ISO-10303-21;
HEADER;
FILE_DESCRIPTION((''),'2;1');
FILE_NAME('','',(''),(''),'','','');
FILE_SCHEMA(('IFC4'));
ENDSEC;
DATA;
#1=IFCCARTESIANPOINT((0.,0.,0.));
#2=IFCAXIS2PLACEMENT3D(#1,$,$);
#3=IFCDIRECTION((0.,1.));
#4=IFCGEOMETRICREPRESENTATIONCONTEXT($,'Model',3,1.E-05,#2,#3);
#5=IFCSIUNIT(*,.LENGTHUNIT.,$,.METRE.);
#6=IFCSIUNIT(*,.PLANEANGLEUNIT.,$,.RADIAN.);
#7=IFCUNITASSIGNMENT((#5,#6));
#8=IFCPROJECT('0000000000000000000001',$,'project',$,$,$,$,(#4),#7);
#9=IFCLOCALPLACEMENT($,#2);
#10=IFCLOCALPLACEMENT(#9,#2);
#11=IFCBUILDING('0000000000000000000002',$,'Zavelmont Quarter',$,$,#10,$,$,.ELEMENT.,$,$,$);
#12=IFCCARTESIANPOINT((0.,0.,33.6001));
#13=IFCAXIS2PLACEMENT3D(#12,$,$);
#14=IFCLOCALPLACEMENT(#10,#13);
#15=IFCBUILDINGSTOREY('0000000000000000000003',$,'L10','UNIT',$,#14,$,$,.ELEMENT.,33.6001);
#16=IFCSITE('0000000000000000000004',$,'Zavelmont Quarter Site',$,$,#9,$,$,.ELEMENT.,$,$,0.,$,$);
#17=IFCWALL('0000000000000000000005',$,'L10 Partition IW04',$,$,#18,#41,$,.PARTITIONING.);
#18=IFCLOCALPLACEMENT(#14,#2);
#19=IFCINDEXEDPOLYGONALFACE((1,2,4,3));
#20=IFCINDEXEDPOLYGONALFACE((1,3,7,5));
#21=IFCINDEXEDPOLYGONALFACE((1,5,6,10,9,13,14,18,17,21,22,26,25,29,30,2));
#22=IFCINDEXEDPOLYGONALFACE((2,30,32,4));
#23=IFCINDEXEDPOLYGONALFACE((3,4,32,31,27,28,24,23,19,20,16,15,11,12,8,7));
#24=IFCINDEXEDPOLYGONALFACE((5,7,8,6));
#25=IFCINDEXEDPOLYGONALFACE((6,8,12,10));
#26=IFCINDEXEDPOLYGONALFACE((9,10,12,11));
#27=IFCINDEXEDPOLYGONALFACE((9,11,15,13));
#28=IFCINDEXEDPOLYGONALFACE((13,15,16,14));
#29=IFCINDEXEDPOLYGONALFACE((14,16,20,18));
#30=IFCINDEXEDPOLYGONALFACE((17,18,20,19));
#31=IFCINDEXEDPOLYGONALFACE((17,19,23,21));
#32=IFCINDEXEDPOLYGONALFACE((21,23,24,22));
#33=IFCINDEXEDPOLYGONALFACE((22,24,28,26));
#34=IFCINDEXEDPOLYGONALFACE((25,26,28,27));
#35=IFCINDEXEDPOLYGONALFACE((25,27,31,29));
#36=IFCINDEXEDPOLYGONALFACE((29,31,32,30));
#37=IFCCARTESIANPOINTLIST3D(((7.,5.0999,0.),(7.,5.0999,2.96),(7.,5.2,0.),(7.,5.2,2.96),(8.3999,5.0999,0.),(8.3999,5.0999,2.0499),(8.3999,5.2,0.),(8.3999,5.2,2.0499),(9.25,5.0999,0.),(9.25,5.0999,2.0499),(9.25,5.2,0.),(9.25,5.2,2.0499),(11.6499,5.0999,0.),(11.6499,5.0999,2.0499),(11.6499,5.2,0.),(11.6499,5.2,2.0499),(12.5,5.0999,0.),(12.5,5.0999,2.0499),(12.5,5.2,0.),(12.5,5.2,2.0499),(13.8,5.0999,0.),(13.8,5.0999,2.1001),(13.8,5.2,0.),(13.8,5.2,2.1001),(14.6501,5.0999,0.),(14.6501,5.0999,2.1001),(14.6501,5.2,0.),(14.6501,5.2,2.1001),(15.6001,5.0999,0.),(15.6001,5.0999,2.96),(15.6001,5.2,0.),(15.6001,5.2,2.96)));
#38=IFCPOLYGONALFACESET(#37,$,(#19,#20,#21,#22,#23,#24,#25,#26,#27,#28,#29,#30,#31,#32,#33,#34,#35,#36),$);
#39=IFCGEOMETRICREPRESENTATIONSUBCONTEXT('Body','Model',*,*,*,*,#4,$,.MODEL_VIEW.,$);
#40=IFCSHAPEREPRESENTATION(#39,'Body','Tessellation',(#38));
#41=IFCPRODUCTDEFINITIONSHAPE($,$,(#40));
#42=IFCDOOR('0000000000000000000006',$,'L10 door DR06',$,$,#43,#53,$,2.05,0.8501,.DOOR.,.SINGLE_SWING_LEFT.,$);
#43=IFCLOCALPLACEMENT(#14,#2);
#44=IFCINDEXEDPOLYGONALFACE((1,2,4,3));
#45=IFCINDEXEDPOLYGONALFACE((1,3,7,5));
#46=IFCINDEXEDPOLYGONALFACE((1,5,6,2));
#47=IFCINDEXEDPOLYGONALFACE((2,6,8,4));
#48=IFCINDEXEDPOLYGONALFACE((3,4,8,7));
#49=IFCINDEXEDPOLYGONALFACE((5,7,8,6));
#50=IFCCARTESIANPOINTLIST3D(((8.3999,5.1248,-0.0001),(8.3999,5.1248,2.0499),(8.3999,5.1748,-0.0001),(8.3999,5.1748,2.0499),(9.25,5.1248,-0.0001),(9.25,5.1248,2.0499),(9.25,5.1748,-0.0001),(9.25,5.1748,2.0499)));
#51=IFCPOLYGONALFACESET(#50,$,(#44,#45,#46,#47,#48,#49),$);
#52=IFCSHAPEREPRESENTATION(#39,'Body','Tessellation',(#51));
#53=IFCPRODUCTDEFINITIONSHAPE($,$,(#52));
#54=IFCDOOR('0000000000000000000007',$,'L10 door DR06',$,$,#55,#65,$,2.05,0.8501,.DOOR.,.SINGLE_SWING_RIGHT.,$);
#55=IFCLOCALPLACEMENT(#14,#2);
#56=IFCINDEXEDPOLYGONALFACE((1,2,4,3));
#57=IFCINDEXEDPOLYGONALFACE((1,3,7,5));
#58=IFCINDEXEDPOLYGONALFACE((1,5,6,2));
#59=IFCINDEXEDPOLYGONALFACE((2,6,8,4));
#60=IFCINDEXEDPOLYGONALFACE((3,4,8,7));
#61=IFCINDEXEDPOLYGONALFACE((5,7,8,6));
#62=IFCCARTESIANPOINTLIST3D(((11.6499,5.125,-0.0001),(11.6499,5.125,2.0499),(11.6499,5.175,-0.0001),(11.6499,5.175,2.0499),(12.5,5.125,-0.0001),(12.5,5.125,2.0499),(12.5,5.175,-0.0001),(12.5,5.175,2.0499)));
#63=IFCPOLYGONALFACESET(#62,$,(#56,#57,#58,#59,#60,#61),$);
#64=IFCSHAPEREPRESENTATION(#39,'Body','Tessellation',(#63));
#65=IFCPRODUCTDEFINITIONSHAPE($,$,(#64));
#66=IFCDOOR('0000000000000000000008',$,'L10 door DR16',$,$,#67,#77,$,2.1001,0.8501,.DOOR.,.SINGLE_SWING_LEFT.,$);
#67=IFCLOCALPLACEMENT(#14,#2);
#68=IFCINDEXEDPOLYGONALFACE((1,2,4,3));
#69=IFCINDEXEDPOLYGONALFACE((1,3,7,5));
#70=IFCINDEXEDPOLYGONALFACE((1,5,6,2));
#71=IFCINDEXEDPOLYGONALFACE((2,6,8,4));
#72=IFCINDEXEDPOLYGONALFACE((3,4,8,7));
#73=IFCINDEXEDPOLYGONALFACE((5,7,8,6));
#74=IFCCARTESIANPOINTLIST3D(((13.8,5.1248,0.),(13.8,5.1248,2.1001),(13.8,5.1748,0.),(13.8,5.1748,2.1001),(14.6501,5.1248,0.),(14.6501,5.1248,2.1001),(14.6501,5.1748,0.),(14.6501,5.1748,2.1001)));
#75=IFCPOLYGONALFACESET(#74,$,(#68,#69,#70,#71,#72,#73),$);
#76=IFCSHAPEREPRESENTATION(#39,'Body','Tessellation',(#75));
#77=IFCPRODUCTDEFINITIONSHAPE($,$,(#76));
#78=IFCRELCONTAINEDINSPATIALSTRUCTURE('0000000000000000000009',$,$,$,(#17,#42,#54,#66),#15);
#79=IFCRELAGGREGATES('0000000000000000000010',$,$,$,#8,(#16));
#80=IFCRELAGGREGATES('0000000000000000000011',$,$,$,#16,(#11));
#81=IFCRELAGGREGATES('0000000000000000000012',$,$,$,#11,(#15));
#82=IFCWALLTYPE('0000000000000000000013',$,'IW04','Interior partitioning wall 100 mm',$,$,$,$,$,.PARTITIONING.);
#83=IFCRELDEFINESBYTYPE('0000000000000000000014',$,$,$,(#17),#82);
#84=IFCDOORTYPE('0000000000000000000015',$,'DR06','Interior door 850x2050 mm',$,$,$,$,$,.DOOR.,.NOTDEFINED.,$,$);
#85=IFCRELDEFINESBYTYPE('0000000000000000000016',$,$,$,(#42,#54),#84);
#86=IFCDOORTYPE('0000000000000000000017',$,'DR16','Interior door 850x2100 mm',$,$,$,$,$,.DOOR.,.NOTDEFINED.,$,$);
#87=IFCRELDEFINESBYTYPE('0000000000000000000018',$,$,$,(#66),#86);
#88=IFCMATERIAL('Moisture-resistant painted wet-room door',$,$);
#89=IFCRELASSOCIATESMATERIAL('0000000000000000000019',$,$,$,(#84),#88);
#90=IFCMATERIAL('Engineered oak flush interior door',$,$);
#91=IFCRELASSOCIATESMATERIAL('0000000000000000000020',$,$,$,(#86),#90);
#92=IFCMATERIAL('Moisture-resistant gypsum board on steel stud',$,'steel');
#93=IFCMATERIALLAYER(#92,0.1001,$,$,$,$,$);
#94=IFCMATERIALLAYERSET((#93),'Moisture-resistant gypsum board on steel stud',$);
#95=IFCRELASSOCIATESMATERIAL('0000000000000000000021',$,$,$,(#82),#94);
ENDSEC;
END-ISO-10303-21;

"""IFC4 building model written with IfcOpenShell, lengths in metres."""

from ifc_helpers import new_model, si_unit, direction, frame, frame_2d, origin, origin_with_axes, place, context, subcontext, project, spatial, rectangle, extrude, material, layer, layer_set, type_object, element, fill, save


model = new_model("IFC4")

# Units and contexts
model_context = context("Model", 3, precision=1e-05, world=origin(), true_north=direction((0.0, 1.0)))
body_context = subcontext(model_context, "Body", "Model", "MODEL_VIEW")
ifc_project = project(units=[si_unit("LENGTHUNIT", "METRE"), si_unit("PLANEANGLEUNIT", "RADIAN")], contexts=[model_context])

# Site, building, storey
site_placement = place(None, origin())
site = spatial("IfcSite", under=ifc_project, at=site_placement, Name="Zavelmont Quarter Site", CompositionType="ELEMENT", RefElevation=0.0)
building_placement = place(site_placement, origin())
building = spatial("IfcBuilding", under=site, at=building_placement, Name="Zavelmont Quarter", CompositionType="ELEMENT")
storey_placement = place(building_placement, frame((0.0, 0.0, 33.6001)))
storey = spatial("IfcBuildingStorey", under=building, at=storey_placement, Name="L10", Description="UNIT", CompositionType="ELEMENT", Elevation=33.6001)

# Shared definitions
ifc_material_1 = material(Name="Engineered oak flush interior door")
ifc_material_2 = material(Name="Moisture-resistant painted wet-room door")
door_type_1 = type_object("IfcDoorType", Name="DR06", Description="Interior door 850x2050 mm", OperationType="NOTDEFINED", PredefinedType="DOOR", material=ifc_material_2)
door_type_2 = type_object("IfcDoorType", Name="DR16", Description="Interior door 850x2100 mm", OperationType="NOTDEFINED", PredefinedType="DOOR", material=ifc_material_1)

# Shared definitions
ifc_material_3 = material(Name="Moisture-resistant gypsum board on steel stud", Category="steel")
ifc_layer_1 = layer(ifc_material_3, 0.1001)
ifc_layer_set_1 = layer_set([ifc_layer_1], Name="Moisture-resistant gypsum board on steel stud")
wall_type_1 = type_object("IfcWallType", Name="IW04", Description="Interior partitioning wall 100 mm", PredefinedType="PARTITIONING", material=ifc_layer_set_1)

# Wall, openings, doors
wall_1_placement = place(storey_placement, frame((7.0, 5.1499, 0.0), z_axis=(0.0, 0.0, 1.0), x_axis=(1.0, 0.0, 0.0)))
wall_1 = element("IfcWall", 1, at=wall_1_placement, inside=storey, type_object=wall_type_1, Name="L10 Partition IW04", PredefinedType="PARTITIONING", context=body_context, shape_type="SweptSolid", body=[
    extrude(rectangle(XDim=8.6001, YDim=0.1001, at=frame_2d((4.3, 0.0))), origin(), (0.0, 0.0, 1.0), 2.96),
])
opening_1_placement = place(wall_1_placement, frame((1.3999, 0.0, 0.0)))
opening_1 = element("IfcOpeningElement", 2, at=opening_1_placement, cuts=wall_1, PredefinedType="OPENING", context=body_context, shape_type="SweptSolid", body=[
    extrude(rectangle(XDim=0.8501, YDim=2.05, at=frame_2d((0.425, 1.0249))), frame((0.0, 0.062, 0.0), z_axis=(0.0, -1.0, 0.0), x_axis=(1.0, 0.0, 0.0)), (0.0, 0.0, 1.0), 0.124),
])
opening_2_placement = place(wall_1_placement, frame((4.6499, 0.0, 0.0)))
opening_2 = element("IfcOpeningElement", 3, at=opening_2_placement, cuts=wall_1, PredefinedType="OPENING", context=body_context, shape_type="SweptSolid", body=[
    extrude(rectangle(XDim=0.8501, YDim=2.05, at=frame_2d((0.425, 1.0249))), frame((0.0, 0.062, 0.0), z_axis=(0.0, -1.0, 0.0), x_axis=(1.0, 0.0, 0.0)), (0.0, 0.0, 1.0), 0.124),
])
opening_3_placement = place(wall_1_placement, frame((6.8, 0.0, 0.0)))
opening_3 = element("IfcOpeningElement", 4, at=opening_3_placement, cuts=wall_1, PredefinedType="OPENING", context=body_context, shape_type="SweptSolid", body=[
    extrude(rectangle(XDim=0.8501, YDim=2.1001, at=frame_2d((0.425, 1.05))), frame((0.0, 0.062, 0.0), z_axis=(0.0, -1.0, 0.0), x_axis=(1.0, 0.0, 0.0)), (0.0, 0.0, 1.0), 0.124),
])
door_1_placement = place(opening_1_placement, origin_with_axes())
door_1 = element("IfcDoor", 5, at=door_1_placement, inside=storey, type_object=door_type_1, Name="L10 door DR06", OperationType="SINGLE_SWING_LEFT", OverallHeight=2.05, OverallWidth=0.8501, PredefinedType="DOOR", context=body_context, shape_type="SweptSolid", body=[
    extrude(rectangle(XDim=0.8501, YDim=2.05, at=frame_2d((0.425, 1.0249))), frame((0.0, 0.0249, 0.0), z_axis=(0.0, -1.0, 0.0), x_axis=(1.0, 0.0, 0.0)), (0.0, 0.0, 1.0), 0.05),
])
fill(opening_1, door_1)
door_2_placement = place(opening_2_placement, frame((0.8501, 0.0, 0.0), z_axis=(0.0, 0.0, 1.0), x_axis=(-1.0, 0.0, 0.0)))
door_2 = element("IfcDoor", 6, at=door_2_placement, inside=storey, type_object=door_type_1, Name="L10 door DR06", OperationType="SINGLE_SWING_RIGHT", OverallHeight=2.05, OverallWidth=0.8501, PredefinedType="DOOR", context=body_context, shape_type="SweptSolid", body=[
    extrude(rectangle(XDim=0.8501, YDim=2.05, at=frame_2d((0.425, 1.0249))), frame((0.0, 0.0249, 0.0), z_axis=(0.0, -1.0, 0.0), x_axis=(1.0, 0.0, 0.0)), (0.0, 0.0, 1.0), 0.05),
])
fill(opening_2, door_2)
door_3_placement = place(opening_3_placement, origin_with_axes())
door_3 = element("IfcDoor", 7, at=door_3_placement, inside=storey, type_object=door_type_2, Name="L10 door DR16", OperationType="SINGLE_SWING_LEFT", OverallHeight=2.1001, OverallWidth=0.8501, PredefinedType="DOOR", context=body_context, shape_type="SweptSolid", body=[
    extrude(rectangle(XDim=0.8501, YDim=2.1001, at=frame_2d((0.425, 1.05))), frame((0.0, 0.0249, 0.0), z_axis=(0.0, -1.0, 0.0), x_axis=(1.0, 0.0, 0.0)), (0.0, 0.0, 1.0), 0.05),
])
fill(opening_3, door_3)

save(model, "model.ifc")
